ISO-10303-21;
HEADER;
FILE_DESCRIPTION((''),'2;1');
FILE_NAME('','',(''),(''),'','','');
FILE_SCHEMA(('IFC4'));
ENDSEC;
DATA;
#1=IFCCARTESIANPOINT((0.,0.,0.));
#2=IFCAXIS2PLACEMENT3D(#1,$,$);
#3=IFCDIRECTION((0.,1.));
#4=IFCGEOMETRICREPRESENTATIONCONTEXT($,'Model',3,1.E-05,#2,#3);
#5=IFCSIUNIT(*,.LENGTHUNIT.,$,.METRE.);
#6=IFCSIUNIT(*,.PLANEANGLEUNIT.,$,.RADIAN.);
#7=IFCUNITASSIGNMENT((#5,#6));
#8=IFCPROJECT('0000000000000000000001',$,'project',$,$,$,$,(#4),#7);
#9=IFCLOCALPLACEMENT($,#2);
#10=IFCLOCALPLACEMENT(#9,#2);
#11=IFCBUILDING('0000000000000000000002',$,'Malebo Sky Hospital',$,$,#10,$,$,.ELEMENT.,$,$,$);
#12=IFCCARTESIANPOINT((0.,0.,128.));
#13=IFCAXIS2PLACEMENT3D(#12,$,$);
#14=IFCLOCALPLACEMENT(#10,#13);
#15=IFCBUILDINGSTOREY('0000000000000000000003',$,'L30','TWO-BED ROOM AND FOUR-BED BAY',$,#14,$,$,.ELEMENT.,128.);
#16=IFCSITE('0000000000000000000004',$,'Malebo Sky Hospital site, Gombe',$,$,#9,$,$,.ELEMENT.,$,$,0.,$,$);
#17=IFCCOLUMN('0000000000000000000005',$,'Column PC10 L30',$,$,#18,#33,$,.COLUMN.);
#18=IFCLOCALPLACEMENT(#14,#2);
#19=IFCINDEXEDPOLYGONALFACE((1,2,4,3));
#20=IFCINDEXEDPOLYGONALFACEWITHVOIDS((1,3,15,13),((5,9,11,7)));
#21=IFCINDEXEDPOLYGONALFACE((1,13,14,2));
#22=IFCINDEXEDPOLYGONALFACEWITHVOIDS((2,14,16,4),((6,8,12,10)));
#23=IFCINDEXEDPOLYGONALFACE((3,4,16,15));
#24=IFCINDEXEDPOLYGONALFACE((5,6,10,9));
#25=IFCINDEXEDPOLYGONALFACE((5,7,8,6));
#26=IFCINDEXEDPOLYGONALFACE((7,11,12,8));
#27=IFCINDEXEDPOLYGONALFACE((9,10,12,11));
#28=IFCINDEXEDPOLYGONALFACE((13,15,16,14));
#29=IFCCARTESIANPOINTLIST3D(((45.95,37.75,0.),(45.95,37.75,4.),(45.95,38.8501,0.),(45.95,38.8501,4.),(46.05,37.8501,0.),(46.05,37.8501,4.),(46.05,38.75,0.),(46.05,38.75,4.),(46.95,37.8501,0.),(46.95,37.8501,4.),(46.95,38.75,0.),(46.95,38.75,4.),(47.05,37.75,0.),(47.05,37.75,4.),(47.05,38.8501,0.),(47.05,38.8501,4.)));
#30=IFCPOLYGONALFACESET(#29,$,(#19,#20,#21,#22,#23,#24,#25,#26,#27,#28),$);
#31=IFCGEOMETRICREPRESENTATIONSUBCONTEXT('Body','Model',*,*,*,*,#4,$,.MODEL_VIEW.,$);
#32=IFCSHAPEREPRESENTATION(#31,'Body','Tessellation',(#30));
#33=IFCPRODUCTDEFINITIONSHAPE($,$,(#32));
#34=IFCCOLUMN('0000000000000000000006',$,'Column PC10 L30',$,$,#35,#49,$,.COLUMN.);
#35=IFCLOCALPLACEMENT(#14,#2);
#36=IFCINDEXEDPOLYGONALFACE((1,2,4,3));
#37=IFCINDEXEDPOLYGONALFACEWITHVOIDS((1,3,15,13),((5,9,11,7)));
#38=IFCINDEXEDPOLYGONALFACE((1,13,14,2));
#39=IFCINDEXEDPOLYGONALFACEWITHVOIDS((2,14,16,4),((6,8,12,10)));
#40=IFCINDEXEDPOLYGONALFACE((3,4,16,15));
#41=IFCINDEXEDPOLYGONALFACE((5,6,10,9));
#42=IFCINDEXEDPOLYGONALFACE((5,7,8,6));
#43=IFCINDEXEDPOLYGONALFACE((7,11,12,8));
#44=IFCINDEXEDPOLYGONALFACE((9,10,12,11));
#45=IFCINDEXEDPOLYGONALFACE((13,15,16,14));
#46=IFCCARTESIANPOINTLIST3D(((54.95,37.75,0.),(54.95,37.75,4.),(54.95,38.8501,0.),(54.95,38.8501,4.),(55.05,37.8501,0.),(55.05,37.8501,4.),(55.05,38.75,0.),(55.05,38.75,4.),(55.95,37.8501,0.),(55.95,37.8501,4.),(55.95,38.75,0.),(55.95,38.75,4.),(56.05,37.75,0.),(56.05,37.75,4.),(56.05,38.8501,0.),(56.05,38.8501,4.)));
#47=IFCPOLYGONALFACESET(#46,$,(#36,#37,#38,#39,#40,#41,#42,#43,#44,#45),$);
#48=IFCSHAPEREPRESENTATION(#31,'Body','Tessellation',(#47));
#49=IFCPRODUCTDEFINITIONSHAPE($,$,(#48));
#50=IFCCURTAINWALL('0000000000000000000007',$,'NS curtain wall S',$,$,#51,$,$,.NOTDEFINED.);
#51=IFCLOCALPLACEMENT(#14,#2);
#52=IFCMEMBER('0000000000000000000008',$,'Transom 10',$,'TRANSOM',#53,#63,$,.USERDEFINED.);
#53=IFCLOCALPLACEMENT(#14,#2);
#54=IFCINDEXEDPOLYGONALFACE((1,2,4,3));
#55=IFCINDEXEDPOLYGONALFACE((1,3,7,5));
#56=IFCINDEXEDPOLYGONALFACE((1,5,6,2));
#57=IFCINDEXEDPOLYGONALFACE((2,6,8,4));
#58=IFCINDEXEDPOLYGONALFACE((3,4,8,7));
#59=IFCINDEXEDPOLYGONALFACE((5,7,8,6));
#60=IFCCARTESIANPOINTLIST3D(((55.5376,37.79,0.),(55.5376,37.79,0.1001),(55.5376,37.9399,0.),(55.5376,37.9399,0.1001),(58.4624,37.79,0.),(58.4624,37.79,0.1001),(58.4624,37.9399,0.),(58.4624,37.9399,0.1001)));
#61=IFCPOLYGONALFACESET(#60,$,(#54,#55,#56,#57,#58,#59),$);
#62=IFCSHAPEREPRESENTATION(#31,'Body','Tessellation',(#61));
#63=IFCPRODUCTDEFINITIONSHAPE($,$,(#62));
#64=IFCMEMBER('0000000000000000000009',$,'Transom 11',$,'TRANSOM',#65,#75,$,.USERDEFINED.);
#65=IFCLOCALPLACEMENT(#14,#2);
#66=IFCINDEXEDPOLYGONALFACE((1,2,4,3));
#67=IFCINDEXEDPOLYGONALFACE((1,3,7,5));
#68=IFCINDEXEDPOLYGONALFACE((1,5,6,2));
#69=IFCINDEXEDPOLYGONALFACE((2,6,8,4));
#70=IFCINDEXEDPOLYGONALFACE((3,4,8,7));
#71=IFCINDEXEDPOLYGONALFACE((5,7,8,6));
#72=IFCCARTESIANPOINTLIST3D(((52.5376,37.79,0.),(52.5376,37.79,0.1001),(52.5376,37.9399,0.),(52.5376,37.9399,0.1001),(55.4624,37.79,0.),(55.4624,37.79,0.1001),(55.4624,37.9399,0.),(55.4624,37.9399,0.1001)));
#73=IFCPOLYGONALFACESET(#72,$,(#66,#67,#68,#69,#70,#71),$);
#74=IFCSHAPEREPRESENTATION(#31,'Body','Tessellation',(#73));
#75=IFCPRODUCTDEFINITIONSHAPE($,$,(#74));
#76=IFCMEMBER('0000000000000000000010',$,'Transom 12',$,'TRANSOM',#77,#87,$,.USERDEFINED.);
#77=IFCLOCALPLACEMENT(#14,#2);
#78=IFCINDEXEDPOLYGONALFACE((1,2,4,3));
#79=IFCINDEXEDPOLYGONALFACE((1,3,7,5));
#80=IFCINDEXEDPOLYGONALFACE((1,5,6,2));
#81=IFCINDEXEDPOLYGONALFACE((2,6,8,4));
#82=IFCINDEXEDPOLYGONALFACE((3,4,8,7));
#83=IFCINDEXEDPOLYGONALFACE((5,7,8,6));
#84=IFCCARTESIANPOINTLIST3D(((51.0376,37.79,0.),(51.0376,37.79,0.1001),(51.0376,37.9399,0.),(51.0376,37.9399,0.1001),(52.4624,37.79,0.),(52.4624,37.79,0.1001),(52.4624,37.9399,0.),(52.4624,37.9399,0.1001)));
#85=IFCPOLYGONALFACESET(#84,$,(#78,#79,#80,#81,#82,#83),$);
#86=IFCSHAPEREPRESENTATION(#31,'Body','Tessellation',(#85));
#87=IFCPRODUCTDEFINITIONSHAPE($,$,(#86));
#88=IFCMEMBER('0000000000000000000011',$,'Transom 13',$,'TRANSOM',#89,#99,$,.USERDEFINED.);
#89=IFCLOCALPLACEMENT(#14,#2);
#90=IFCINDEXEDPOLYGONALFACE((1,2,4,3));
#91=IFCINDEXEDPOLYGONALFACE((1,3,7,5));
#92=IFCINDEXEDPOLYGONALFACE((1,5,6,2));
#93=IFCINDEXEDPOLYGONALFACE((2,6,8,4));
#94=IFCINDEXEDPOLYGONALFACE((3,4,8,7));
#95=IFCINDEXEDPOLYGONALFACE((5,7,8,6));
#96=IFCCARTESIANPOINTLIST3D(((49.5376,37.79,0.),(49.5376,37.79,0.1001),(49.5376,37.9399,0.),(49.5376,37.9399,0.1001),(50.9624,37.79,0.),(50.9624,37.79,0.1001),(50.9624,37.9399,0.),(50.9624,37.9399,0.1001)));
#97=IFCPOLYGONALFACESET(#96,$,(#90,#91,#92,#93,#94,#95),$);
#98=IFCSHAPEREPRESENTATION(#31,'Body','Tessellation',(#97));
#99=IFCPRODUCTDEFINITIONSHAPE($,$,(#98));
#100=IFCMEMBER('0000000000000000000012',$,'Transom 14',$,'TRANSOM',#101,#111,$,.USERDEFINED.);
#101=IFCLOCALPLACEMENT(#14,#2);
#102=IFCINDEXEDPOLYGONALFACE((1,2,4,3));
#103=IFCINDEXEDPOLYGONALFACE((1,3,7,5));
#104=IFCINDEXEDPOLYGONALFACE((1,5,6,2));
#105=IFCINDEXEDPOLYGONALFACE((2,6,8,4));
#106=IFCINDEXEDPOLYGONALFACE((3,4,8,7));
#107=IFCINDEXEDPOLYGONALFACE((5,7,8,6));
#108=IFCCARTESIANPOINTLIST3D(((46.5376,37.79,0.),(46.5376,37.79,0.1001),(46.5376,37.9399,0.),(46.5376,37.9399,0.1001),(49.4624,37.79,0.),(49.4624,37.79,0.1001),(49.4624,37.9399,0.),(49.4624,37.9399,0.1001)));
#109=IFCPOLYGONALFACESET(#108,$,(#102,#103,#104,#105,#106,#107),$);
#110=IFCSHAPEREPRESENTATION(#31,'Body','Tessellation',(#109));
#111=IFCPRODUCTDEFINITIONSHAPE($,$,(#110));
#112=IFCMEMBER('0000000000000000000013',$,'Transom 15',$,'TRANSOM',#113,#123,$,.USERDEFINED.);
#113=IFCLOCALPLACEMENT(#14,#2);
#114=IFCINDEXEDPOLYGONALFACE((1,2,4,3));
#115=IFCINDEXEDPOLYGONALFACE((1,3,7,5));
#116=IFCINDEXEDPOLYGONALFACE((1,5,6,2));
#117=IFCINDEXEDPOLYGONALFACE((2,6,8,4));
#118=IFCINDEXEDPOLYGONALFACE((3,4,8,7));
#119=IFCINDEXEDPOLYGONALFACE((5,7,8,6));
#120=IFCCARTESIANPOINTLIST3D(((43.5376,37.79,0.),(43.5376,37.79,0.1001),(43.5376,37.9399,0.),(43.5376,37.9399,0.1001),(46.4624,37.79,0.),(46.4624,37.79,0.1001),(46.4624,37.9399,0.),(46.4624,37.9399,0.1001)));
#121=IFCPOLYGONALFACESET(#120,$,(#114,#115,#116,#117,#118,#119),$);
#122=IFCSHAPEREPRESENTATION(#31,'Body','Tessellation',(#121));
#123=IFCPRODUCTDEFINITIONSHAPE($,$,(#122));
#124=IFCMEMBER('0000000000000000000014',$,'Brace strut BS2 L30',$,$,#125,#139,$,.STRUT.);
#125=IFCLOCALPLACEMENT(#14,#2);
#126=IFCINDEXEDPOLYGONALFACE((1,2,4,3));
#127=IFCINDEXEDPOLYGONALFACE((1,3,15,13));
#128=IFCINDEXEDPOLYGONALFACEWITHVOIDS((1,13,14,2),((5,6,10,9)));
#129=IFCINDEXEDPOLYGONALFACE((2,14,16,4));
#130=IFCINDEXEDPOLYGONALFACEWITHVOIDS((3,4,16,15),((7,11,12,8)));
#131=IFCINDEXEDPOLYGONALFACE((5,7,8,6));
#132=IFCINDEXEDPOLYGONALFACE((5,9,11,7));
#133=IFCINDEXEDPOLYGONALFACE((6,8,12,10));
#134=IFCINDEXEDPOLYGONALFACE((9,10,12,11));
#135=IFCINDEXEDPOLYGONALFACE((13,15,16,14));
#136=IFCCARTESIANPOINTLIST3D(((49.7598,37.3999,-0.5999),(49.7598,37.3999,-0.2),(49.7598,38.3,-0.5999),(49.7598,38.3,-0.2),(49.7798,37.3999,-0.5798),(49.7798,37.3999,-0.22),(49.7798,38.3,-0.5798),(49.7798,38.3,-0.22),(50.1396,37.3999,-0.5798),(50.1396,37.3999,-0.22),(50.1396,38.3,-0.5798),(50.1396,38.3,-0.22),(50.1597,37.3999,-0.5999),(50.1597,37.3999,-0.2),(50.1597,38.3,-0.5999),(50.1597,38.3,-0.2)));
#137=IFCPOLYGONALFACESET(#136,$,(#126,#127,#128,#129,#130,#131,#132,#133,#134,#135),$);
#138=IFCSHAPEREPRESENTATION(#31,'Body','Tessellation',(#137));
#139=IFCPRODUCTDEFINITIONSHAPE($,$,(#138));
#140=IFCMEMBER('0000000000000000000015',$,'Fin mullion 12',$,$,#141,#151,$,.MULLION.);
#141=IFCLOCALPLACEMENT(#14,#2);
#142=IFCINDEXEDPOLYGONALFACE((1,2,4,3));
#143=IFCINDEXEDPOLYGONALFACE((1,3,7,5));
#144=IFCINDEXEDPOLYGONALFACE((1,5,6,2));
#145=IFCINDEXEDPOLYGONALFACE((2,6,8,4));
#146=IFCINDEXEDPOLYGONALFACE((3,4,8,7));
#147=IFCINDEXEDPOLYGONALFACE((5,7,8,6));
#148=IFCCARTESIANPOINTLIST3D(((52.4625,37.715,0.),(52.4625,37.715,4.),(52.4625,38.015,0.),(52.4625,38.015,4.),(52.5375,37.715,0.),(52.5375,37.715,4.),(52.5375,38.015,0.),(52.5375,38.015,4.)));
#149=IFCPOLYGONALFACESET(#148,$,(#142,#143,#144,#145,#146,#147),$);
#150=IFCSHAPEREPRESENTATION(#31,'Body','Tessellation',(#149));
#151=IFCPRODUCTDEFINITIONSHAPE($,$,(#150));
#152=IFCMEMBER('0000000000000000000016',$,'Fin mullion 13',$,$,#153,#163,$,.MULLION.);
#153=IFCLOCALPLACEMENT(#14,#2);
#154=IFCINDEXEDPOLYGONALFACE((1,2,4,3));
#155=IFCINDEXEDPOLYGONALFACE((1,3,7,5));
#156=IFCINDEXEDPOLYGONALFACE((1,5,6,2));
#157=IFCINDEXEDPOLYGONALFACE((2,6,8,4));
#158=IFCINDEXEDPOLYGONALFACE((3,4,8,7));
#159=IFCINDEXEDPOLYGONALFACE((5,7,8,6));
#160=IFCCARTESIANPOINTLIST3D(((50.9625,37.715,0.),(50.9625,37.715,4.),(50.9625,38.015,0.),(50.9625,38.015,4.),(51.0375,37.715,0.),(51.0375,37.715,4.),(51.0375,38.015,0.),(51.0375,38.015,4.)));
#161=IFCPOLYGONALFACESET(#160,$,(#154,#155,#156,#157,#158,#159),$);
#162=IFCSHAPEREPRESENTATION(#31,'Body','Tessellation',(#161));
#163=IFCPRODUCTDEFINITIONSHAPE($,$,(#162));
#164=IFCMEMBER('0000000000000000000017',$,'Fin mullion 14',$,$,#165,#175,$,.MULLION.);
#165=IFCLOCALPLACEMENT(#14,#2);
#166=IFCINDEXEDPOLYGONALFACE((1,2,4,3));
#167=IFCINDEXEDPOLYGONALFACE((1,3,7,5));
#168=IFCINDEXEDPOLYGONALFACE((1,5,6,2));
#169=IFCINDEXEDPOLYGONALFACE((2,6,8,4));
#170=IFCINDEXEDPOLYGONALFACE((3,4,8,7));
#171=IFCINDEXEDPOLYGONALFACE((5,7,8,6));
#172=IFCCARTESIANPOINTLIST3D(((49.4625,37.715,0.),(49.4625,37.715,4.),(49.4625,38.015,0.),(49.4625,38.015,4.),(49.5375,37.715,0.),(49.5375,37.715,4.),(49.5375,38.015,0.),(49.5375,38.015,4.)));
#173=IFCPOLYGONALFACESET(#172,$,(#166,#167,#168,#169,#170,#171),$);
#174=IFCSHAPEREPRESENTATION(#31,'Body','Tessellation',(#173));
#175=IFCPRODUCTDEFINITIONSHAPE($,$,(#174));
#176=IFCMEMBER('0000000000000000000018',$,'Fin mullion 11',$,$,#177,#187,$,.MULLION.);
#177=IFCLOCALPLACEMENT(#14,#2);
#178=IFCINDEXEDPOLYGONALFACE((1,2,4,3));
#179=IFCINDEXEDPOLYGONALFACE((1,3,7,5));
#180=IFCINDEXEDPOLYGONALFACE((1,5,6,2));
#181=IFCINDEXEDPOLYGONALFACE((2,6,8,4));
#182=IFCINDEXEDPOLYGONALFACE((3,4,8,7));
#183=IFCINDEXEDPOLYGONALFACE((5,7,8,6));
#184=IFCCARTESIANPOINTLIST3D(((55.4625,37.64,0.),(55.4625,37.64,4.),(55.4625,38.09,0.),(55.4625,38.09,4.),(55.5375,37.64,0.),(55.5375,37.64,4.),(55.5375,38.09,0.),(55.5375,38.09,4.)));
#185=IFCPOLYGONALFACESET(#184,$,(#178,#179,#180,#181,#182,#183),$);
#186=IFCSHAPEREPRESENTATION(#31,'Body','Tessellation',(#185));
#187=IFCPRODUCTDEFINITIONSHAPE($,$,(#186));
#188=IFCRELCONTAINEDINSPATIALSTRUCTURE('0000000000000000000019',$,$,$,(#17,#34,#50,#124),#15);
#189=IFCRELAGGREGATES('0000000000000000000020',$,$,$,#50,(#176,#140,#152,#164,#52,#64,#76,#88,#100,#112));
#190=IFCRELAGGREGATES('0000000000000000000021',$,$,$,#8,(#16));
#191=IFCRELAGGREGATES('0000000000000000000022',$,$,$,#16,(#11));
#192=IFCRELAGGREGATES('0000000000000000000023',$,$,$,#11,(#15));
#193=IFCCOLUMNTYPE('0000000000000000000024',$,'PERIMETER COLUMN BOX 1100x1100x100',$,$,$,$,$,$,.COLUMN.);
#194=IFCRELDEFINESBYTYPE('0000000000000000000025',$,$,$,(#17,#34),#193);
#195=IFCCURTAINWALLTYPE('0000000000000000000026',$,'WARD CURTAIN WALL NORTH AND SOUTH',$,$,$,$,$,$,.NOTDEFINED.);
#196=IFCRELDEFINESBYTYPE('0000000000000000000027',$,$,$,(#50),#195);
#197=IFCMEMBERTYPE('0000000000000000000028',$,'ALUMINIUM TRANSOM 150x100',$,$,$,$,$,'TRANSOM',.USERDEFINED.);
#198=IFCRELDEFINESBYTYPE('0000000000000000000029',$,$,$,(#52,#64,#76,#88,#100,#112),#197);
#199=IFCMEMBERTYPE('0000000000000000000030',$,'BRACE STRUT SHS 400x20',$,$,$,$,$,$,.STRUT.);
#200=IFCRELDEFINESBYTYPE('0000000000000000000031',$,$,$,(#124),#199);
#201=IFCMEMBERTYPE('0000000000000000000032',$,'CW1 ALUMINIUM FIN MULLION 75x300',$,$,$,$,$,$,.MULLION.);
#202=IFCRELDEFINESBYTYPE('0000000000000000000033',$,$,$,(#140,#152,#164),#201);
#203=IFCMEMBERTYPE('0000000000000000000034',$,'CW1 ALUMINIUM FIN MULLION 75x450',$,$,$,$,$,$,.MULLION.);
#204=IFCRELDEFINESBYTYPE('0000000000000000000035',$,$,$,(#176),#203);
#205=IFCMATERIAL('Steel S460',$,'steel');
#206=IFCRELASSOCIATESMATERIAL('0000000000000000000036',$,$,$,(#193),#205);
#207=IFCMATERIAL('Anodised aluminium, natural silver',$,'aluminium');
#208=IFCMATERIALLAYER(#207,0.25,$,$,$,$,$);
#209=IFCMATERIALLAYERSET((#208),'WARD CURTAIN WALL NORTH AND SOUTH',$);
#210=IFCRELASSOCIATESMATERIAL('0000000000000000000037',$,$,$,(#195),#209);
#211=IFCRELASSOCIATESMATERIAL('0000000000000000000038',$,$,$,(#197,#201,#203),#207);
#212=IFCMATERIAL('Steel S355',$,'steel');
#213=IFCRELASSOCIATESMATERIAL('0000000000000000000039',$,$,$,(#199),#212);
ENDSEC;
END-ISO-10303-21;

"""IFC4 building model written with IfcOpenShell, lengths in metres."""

from ifc_helpers import new_model, si_unit, direction, frame, origin, origin_2d, place, context, subcontext, project, spatial, rectangle, hollow_rectangle, extrude, material, layer, layer_set, material_profile, profile_set, type_object, element, aggregate, save


model = new_model("IFC4")

# Units and contexts
model_context = context("Model", 3, precision=1e-05, world=origin(), true_north=direction((0.0, 1.0)))
body_context = subcontext(model_context, "Body", "Model", "MODEL_VIEW")
ifc_project = project(units=[si_unit("LENGTHUNIT", "METRE"), si_unit("PLANEANGLEUNIT", "RADIAN")], contexts=[model_context])

# Site, building, storey
site_placement = place(None, origin())
site = spatial("IfcSite", under=ifc_project, at=site_placement, Name="Malebo Sky Hospital site, Gombe", CompositionType="ELEMENT", RefElevation=0.0)
building_placement = place(site_placement, origin())
building = spatial("IfcBuilding", under=site, at=building_placement, Name="Malebo Sky Hospital", CompositionType="ELEMENT")
storey_placement = place(building_placement, frame((0.0, 0.0, 128.0)))
storey = spatial("IfcBuildingStorey", under=building, at=storey_placement, Name="L30", Description="TWO-BED ROOM AND FOUR-BED BAY", CompositionType="ELEMENT", Elevation=128.0)

# Columns
ifc_material_1 = material(Name="Steel S460", Category="steel")
ifc_material_profile_1 = material_profile(ifc_material_1, hollow_rectangle(XDim=1.1001, YDim=1.1001, WallThickness=0.1001, at=origin_2d()), Name="BOX 1100x1100x100")
ifc_profile_set_1 = profile_set([ifc_material_profile_1], Name="Steel S460")
column_type = type_object("IfcColumnType", Name="PERIMETER COLUMN BOX 1100x1100x100", PredefinedType="COLUMN", material=ifc_profile_set_1)
for number, where, z_axis, x_axis, name in (
    (1, (46.5, 38.3, 0.0), (0.0, 0.0, 1.0), (1.0, 0.0, 0.0), "Column PC10 L30"),
    (2, (55.5, 38.3, 0.0), (0.0, 0.0, 1.0), (1.0, 0.0, 0.0), "Column PC10 L30"),
):
    element("IfcColumn", number, at=place(storey_placement, frame(where, z_axis=z_axis, x_axis=x_axis)), inside=storey, type_object=column_type, Name=name, PredefinedType="COLUMN", context=body_context, shape_type="SweptSolid", body=[
        extrude(hollow_rectangle(XDim=1.1001, YDim=1.1001, WallThickness=0.1001, at=origin_2d()), origin(), (0.0, 0.0, 1.0), 4.0),
    ])

# Curtain wall, members
ifc_material_2 = material(Name="Anodised aluminium, natural silver", Category="aluminium")
ifc_layer_1 = layer(ifc_material_2, 0.25)
ifc_layer_set_1 = layer_set([ifc_layer_1], Name="WARD CURTAIN WALL NORTH AND SOUTH")
curtain_wall_type = type_object("IfcCurtainWallType", Name="WARD CURTAIN WALL NORTH AND SOUTH", PredefinedType="NOTDEFINED", material=ifc_layer_set_1)
curtain_wall_placement = place(storey_placement, origin())
curtain_wall = element("IfcCurtainWall", 3, at=curtain_wall_placement, inside=storey, type_object=curtain_wall_type, Name="NS curtain wall S", PredefinedType="NOTDEFINED")
ifc_material_profile_2 = material_profile(ifc_material_2, rectangle(XDim=0.1499, YDim=0.1001, at=origin_2d()), Name="ALUMINIUM TRANSOM 150x100")
ifc_profile_set_2 = profile_set([ifc_material_profile_2], Name="Anodised aluminium, natural silver")
member_type_1 = type_object("IfcMemberType", Name="ALUMINIUM TRANSOM 150x100", ElementType="TRANSOM", PredefinedType="USERDEFINED", material=ifc_profile_set_2)
member_1_placement = place(storey_placement, frame((58.4624, 37.865, 0.05), z_axis=(-1.0, 0.0, 0.0), x_axis=(0.0, -1.0, 0.0)))
member_1 = element("IfcMember", 4, at=member_1_placement, type_object=member_type_1, Name="Transom 10", ObjectType="TRANSOM", PredefinedType="USERDEFINED", context=body_context, shape_type="SweptSolid", body=[
    extrude(rectangle(XDim=0.1499, YDim=0.1001, at=origin_2d()), origin(), (0.0, 0.0, 1.0), 2.9248),
])
member_2_placement = place(storey_placement, frame((55.4624, 37.865, 0.05), z_axis=(-1.0, 0.0, 0.0), x_axis=(0.0, -1.0, 0.0)))
member_2 = element("IfcMember", 5, at=member_2_placement, type_object=member_type_1, Name="Transom 11", ObjectType="TRANSOM", PredefinedType="USERDEFINED", context=body_context, shape_type="SweptSolid", body=[
    extrude(rectangle(XDim=0.1499, YDim=0.1001, at=origin_2d()), origin(), (0.0, 0.0, 1.0), 2.9248),
])
member_3_placement = place(storey_placement, frame((52.4624, 37.865, 0.05), z_axis=(-1.0, 0.0, 0.0), x_axis=(0.0, -1.0, 0.0)))
member_3 = element("IfcMember", 6, at=member_3_placement, type_object=member_type_1, Name="Transom 12", ObjectType="TRANSOM", PredefinedType="USERDEFINED", context=body_context, shape_type="SweptSolid", body=[
    extrude(rectangle(XDim=0.1499, YDim=0.1001, at=origin_2d()), origin(), (0.0, 0.0, 1.0), 1.4248),
])
member_4_placement = place(storey_placement, frame((50.9624, 37.865, 0.05), z_axis=(-1.0, 0.0, 0.0), x_axis=(0.0, -1.0, 0.0)))
member_4 = element("IfcMember", 7, at=member_4_placement, type_object=member_type_1, Name="Transom 13", ObjectType="TRANSOM", PredefinedType="USERDEFINED", context=body_context, shape_type="SweptSolid", body=[
    extrude(rectangle(XDim=0.1499, YDim=0.1001, at=origin_2d()), origin(), (0.0, 0.0, 1.0), 1.4248),
])
member_5_placement = place(storey_placement, frame((49.4624, 37.865, 0.05), z_axis=(-1.0, 0.0, 0.0), x_axis=(0.0, -1.0, 0.0)))
member_5 = element("IfcMember", 8, at=member_5_placement, type_object=member_type_1, Name="Transom 14", ObjectType="TRANSOM", PredefinedType="USERDEFINED", context=body_context, shape_type="SweptSolid", body=[
    extrude(rectangle(XDim=0.1499, YDim=0.1001, at=origin_2d()), origin(), (0.0, 0.0, 1.0), 2.9248),
])
member_6_placement = place(storey_placement, frame((46.4624, 37.865, 0.05), z_axis=(-1.0, 0.0, 0.0), x_axis=(0.0, -1.0, 0.0)))
member_6 = element("IfcMember", 9, at=member_6_placement, type_object=member_type_1, Name="Transom 15", ObjectType="TRANSOM", PredefinedType="USERDEFINED", context=body_context, shape_type="SweptSolid", body=[
    extrude(rectangle(XDim=0.1499, YDim=0.1001, at=origin_2d()), origin(), (0.0, 0.0, 1.0), 2.9248),
])

# Members
ifc_material_3 = material(Name="Steel S355", Category="steel")
ifc_material_profile_3 = material_profile(ifc_material_3, hollow_rectangle(XDim=0.3999, YDim=0.3999, WallThickness=0.02, at=origin_2d()), Name="SHS 400x20")
ifc_profile_set_3 = profile_set([ifc_material_profile_3], Name="Steel S355")
member_type_2 = type_object("IfcMemberType", Name="BRACE STRUT SHS 400x20", PredefinedType="STRUT", material=ifc_profile_set_3)
member_7_placement = place(storey_placement, frame((49.9597, 37.3999, -0.3999), z_axis=(0.0, 1.0, 0.0), x_axis=(-1.0, 0.0, 0.0)))
element("IfcMember", 10, at=member_7_placement, inside=storey, type_object=member_type_2, Name="Brace strut BS2 L30", PredefinedType="STRUT", context=body_context, shape_type="SweptSolid", body=[
    extrude(hollow_rectangle(XDim=0.3999, YDim=0.3999, WallThickness=0.02, at=origin_2d()), origin(), (0.0, 0.0, 1.0), 0.9001),
])
ifc_material_profile_4 = material_profile(ifc_material_2, rectangle(XDim=0.075, YDim=0.3, at=origin_2d()), Name="CW1 ALUMINIUM FIN MULLION 75x300")
ifc_profile_set_4 = profile_set([ifc_material_profile_4], Name="Anodised aluminium, natural silver")
member_type_3 = type_object("IfcMemberType", Name="CW1 ALUMINIUM FIN MULLION 75x300", PredefinedType="MULLION", material=ifc_profile_set_4)
member_8_placement = place(storey_placement, frame((52.5, 37.865, 0.0), z_axis=(0.0, 0.0, 1.0), x_axis=(-1.0, 0.0, 0.0)))
member_8 = element("IfcMember", 11, at=member_8_placement, type_object=member_type_3, Name="Fin mullion 12", PredefinedType="MULLION", context=body_context, shape_type="SweptSolid", body=[
    extrude(rectangle(XDim=0.075, YDim=0.3, at=origin_2d()), origin(), (0.0, 0.0, 1.0), 4.0),
])
member_9_placement = place(storey_placement, frame((51.0, 37.865, 0.0), z_axis=(0.0, 0.0, 1.0), x_axis=(-1.0, 0.0, 0.0)))
member_9 = element("IfcMember", 12, at=member_9_placement, type_object=member_type_3, Name="Fin mullion 13", PredefinedType="MULLION", context=body_context, shape_type="SweptSolid", body=[
    extrude(rectangle(XDim=0.075, YDim=0.3, at=origin_2d()), origin(), (0.0, 0.0, 1.0), 4.0),
])
member_10_placement = place(storey_placement, frame((49.5, 37.865, 0.0), z_axis=(0.0, 0.0, 1.0), x_axis=(-1.0, 0.0, 0.0)))
member_10 = element("IfcMember", 13, at=member_10_placement, type_object=member_type_3, Name="Fin mullion 14", PredefinedType="MULLION", context=body_context, shape_type="SweptSolid", body=[
    extrude(rectangle(XDim=0.075, YDim=0.3, at=origin_2d()), origin(), (0.0, 0.0, 1.0), 4.0),
])
ifc_material_profile_5 = material_profile(ifc_material_2, rectangle(XDim=0.075, YDim=0.45, at=origin_2d()), Name="CW1 ALUMINIUM FIN MULLION 75x450")
ifc_profile_set_5 = profile_set([ifc_material_profile_5], Name="Anodised aluminium, natural silver")
member_type_4 = type_object("IfcMemberType", Name="CW1 ALUMINIUM FIN MULLION 75x450", PredefinedType="MULLION", material=ifc_profile_set_5)
member_11_placement = place(storey_placement, frame((55.5, 37.865, 0.0), z_axis=(0.0, 0.0, 1.0), x_axis=(-1.0, 0.0, 0.0)))
member_11 = element("IfcMember", 14, at=member_11_placement, type_object=member_type_4, Name="Fin mullion 11", PredefinedType="MULLION", context=body_context, shape_type="SweptSolid", body=[
    extrude(rectangle(XDim=0.075, YDim=0.45, at=origin_2d()), origin(), (0.0, 0.0, 1.0), 4.0),
])

aggregate(curtain_wall, [member_11, member_8, member_9, member_10, member_1, member_2, member_3, member_4, member_5, member_6])

save(model, "model.ifc")
